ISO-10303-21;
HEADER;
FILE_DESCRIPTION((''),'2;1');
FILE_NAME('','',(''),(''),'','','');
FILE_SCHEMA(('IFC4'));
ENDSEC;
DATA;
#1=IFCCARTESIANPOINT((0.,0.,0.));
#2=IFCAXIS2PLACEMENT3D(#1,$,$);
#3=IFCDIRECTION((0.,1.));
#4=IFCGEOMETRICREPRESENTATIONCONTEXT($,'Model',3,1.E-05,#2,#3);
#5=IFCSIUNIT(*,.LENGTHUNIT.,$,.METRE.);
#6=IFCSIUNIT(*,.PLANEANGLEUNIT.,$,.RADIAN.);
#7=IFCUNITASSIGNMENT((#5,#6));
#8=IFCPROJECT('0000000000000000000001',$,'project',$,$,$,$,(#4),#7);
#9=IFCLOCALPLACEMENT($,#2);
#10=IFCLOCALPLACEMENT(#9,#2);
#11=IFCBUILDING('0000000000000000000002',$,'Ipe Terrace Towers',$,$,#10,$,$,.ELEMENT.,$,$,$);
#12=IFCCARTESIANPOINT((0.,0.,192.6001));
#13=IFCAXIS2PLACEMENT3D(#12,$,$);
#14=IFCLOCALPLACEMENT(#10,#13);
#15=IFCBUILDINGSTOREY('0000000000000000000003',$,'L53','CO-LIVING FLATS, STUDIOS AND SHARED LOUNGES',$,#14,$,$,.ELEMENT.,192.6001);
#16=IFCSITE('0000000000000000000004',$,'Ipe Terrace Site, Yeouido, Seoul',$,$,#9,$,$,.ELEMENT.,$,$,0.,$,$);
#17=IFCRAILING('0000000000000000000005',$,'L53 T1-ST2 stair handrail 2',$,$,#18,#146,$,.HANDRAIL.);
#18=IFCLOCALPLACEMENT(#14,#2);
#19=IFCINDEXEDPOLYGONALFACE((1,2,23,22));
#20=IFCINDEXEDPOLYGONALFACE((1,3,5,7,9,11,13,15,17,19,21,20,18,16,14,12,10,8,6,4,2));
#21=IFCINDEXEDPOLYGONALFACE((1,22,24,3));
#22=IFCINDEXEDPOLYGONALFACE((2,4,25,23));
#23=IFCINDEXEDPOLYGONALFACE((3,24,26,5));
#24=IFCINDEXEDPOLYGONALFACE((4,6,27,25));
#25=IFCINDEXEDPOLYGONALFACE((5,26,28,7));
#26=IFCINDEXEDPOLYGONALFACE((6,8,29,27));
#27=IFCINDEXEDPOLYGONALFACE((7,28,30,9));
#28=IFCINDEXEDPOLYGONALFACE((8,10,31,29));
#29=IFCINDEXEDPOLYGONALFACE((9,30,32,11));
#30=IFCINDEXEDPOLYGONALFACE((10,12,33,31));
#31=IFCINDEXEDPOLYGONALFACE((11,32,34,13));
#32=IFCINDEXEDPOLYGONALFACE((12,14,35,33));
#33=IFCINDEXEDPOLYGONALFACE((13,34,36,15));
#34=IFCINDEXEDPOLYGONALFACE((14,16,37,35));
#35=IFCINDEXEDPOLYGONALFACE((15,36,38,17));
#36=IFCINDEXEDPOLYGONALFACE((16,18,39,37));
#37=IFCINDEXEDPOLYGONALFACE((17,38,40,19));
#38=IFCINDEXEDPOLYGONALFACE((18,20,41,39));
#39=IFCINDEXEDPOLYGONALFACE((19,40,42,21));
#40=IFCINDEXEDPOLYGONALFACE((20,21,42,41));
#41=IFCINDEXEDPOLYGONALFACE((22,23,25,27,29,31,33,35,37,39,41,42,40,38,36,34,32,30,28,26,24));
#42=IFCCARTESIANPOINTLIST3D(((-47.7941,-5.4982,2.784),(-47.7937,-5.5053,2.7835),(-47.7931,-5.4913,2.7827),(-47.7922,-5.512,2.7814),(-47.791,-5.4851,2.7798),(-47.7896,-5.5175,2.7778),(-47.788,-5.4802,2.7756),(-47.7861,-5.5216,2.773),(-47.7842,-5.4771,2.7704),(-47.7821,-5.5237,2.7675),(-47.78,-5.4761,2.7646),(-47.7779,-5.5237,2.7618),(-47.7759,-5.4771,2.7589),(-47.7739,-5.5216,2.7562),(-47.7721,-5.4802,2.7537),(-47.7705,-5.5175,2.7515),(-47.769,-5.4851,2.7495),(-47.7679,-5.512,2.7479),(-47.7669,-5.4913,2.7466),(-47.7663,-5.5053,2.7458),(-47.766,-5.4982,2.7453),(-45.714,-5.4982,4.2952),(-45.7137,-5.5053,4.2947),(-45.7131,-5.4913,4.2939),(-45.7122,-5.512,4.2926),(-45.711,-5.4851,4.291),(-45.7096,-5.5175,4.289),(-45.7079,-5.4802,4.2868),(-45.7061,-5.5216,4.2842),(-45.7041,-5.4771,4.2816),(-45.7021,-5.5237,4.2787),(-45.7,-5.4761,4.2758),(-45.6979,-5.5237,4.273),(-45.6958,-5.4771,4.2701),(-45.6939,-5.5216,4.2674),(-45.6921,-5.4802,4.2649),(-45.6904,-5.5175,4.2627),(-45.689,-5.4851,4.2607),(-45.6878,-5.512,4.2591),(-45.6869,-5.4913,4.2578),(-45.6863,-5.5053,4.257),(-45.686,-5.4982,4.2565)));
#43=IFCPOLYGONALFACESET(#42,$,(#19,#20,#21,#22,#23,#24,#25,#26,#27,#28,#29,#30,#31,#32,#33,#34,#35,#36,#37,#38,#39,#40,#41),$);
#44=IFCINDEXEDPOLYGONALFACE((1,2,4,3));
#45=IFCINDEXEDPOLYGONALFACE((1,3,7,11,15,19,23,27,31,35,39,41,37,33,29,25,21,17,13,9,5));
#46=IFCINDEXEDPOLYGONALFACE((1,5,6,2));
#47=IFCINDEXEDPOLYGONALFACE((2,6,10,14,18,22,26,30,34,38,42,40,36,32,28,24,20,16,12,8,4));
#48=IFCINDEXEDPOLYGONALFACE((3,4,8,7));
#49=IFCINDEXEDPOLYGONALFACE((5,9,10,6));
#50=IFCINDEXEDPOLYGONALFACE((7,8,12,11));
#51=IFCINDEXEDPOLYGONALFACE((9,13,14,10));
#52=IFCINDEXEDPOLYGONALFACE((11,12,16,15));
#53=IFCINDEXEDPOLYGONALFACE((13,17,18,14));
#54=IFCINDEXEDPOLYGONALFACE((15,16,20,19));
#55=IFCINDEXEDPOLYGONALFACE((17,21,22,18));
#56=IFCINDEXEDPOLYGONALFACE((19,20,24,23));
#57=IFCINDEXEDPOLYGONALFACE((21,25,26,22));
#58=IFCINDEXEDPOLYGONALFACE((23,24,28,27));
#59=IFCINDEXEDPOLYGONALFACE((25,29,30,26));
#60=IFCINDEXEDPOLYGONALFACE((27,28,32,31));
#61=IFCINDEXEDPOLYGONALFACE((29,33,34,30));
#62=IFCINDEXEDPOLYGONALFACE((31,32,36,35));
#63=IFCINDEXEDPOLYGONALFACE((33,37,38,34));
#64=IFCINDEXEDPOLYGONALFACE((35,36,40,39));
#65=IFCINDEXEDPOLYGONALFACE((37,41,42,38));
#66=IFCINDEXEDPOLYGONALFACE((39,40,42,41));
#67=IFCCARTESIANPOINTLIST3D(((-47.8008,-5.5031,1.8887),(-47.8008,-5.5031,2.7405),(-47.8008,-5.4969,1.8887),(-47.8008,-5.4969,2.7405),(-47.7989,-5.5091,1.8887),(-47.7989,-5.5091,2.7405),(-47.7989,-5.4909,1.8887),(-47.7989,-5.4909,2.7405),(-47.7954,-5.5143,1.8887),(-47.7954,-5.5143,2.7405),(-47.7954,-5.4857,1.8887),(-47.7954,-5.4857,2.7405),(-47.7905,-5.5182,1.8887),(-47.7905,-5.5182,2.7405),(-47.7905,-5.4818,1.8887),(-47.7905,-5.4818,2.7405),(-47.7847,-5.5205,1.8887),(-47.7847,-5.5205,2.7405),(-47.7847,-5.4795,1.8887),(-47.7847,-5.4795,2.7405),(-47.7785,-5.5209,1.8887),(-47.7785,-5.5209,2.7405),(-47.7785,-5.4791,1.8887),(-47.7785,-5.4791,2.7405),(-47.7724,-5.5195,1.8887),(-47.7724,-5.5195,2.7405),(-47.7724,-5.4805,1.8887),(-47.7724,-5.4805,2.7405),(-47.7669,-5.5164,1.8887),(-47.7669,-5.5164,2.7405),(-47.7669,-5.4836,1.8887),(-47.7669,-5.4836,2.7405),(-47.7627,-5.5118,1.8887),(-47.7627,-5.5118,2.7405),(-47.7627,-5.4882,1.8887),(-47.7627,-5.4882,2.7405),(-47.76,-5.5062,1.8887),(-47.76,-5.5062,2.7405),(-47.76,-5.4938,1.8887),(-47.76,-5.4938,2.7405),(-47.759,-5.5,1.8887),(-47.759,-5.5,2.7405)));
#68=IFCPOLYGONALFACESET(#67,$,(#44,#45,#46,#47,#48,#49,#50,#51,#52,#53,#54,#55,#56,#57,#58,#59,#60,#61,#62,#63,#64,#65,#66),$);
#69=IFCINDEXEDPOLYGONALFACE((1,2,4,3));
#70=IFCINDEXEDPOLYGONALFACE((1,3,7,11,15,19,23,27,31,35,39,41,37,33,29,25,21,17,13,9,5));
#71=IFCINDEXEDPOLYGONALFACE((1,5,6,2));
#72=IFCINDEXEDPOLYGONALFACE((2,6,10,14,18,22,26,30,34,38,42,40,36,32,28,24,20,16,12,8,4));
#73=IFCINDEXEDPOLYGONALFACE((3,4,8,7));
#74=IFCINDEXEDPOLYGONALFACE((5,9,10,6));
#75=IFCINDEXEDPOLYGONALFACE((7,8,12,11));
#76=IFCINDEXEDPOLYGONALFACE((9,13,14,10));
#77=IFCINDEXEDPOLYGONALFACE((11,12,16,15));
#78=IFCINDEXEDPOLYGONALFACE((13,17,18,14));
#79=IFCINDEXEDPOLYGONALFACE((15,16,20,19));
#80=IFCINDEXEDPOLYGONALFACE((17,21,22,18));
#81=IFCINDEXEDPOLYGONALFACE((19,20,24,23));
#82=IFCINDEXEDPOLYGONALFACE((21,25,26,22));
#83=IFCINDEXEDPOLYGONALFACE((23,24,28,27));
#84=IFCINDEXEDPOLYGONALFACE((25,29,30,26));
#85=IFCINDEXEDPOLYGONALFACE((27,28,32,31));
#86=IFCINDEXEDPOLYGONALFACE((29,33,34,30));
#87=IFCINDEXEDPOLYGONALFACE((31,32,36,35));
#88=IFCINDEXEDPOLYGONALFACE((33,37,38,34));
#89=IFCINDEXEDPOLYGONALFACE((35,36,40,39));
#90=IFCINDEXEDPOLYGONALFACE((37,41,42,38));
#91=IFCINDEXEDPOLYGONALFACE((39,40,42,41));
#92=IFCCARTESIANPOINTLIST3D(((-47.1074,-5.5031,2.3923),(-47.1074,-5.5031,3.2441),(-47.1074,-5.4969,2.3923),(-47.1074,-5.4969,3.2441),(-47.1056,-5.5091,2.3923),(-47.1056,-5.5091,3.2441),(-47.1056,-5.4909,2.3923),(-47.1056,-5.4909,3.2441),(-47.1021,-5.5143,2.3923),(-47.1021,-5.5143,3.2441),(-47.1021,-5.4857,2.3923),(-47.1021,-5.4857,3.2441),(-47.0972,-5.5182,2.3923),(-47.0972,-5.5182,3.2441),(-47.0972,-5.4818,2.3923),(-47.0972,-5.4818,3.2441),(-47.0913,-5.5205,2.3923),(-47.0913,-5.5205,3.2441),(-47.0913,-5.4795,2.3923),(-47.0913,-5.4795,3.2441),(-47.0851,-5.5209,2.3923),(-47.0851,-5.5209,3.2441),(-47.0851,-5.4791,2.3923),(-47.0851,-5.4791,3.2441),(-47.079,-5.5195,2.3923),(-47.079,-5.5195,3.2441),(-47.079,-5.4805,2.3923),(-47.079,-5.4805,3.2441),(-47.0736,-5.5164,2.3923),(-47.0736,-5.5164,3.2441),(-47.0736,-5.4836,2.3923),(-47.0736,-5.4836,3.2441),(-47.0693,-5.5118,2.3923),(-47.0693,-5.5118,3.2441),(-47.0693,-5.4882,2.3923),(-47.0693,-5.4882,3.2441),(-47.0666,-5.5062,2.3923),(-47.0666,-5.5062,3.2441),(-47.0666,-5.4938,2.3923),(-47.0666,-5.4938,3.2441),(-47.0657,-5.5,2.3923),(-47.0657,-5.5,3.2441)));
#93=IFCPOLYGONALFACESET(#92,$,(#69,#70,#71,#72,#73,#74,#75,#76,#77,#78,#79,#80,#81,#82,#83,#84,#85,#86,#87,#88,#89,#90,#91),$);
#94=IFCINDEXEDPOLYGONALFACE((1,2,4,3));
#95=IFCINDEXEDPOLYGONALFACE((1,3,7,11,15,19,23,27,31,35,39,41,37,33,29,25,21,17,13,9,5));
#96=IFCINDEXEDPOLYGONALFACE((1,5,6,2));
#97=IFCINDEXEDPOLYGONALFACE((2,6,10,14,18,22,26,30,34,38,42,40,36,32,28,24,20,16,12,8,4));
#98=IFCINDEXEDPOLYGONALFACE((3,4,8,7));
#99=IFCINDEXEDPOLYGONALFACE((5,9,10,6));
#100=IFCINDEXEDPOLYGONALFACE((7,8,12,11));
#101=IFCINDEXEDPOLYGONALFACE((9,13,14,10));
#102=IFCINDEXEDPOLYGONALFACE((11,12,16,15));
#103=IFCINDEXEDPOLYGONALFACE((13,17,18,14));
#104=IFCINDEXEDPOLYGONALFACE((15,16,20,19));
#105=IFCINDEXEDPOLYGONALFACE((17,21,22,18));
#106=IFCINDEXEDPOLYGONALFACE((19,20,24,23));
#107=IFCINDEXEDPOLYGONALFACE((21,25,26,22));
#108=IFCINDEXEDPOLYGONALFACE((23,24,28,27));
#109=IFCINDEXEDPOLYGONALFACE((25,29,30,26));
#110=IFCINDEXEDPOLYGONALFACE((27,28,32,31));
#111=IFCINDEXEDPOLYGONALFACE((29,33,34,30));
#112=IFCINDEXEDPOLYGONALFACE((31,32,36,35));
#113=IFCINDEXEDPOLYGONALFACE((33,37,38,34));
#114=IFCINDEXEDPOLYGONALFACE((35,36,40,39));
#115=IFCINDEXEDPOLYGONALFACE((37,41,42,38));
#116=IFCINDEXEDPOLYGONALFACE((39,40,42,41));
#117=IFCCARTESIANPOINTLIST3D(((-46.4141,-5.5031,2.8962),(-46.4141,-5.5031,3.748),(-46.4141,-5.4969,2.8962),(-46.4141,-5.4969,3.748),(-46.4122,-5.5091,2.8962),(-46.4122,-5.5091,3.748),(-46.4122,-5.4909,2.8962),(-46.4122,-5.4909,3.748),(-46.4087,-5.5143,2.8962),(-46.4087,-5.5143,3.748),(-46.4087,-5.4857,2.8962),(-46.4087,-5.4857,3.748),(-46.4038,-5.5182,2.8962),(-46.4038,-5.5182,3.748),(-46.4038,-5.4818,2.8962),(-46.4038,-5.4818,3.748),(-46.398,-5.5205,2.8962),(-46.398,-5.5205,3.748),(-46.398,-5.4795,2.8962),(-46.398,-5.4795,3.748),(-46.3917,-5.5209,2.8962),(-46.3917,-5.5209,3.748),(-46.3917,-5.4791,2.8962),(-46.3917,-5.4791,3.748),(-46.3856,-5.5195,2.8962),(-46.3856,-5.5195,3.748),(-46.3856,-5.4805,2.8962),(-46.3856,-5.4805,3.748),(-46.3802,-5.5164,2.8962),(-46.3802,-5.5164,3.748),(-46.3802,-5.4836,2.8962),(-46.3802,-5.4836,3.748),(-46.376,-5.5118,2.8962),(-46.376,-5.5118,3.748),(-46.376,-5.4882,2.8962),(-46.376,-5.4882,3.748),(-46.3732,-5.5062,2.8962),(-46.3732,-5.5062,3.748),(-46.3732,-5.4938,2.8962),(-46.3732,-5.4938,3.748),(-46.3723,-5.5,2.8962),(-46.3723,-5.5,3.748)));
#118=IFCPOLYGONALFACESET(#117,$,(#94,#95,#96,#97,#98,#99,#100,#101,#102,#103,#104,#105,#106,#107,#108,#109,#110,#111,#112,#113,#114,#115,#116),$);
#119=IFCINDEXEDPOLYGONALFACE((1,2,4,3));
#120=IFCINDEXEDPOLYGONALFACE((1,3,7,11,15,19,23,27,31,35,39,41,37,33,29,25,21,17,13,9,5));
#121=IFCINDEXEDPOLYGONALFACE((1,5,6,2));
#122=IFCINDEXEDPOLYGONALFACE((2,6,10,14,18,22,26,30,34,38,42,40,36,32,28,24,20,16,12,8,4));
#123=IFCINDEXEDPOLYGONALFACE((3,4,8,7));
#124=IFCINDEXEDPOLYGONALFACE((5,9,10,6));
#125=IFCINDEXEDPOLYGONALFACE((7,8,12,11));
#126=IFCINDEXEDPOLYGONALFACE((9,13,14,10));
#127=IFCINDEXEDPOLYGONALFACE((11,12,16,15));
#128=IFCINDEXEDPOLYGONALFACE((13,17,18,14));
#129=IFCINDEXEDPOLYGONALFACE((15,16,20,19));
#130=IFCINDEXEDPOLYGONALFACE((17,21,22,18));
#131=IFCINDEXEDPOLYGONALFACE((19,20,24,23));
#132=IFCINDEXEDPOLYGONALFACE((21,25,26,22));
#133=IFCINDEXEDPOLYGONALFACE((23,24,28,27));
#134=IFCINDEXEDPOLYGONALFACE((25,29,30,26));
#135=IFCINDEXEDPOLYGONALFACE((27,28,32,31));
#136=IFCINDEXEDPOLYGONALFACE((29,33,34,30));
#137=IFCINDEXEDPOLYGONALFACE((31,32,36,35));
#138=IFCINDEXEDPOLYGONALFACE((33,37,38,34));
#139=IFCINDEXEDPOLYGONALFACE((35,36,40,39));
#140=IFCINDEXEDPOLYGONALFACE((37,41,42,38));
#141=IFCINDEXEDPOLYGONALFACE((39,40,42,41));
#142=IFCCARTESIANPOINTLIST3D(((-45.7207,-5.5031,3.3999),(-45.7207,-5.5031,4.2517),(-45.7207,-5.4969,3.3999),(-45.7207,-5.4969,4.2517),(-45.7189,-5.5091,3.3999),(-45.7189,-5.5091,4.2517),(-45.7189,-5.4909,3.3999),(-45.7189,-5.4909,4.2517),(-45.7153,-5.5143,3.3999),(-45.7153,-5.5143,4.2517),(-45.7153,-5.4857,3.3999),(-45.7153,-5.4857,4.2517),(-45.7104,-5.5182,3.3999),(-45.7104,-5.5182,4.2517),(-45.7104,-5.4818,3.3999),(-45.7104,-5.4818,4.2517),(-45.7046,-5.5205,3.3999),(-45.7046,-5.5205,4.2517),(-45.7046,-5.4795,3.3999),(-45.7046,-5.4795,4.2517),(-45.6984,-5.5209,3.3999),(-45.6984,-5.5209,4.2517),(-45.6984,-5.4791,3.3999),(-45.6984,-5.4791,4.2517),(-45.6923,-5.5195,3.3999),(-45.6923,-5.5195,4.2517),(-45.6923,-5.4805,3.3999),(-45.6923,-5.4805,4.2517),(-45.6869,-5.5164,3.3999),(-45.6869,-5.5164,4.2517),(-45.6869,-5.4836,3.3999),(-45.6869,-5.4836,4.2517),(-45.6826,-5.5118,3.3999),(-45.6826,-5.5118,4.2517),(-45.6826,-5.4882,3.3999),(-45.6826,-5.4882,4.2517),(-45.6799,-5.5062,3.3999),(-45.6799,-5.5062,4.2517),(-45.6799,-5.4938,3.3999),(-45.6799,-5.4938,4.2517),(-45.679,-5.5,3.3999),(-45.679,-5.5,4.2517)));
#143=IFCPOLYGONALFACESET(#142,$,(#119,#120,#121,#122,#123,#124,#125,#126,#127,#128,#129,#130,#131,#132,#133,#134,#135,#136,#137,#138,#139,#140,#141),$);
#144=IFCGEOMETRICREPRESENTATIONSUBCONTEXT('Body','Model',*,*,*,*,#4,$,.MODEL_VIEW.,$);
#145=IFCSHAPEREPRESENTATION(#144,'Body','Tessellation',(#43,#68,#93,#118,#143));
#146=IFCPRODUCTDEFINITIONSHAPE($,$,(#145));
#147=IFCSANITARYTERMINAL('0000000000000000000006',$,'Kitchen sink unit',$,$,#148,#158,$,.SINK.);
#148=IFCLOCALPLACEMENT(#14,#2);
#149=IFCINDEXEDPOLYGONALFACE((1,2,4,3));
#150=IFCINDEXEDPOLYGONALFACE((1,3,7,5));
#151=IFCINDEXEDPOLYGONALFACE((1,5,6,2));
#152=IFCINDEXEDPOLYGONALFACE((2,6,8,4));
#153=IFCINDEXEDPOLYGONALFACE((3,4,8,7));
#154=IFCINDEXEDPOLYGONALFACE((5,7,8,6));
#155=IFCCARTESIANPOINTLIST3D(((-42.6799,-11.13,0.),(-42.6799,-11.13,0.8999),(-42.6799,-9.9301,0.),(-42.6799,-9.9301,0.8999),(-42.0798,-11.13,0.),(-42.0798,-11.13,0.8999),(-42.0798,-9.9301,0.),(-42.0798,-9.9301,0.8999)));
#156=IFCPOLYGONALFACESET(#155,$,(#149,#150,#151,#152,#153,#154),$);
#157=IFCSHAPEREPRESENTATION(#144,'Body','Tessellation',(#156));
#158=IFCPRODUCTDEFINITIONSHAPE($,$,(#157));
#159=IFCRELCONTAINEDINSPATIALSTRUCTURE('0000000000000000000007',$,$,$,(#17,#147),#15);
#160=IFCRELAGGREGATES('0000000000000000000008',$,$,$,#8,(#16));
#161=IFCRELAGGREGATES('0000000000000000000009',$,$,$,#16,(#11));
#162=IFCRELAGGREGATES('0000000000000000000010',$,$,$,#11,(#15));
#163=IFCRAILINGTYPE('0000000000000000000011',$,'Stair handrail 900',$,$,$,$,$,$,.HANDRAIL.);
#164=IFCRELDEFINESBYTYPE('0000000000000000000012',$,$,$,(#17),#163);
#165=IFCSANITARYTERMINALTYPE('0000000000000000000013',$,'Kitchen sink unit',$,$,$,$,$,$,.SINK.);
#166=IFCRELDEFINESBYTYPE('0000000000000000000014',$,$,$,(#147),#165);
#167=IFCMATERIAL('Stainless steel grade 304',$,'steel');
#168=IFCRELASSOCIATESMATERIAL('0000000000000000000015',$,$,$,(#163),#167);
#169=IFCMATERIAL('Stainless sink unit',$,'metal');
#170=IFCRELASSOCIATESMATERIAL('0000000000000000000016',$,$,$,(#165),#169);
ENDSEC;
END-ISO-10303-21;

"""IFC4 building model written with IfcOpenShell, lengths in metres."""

from ifc_helpers import new_model, si_unit, direction, frame, origin, origin_2d, place, context, subcontext, project, spatial, rectangle, circle, extrude, material, type_object, element, save


model = new_model("IFC4")

# Units and contexts
model_context = context("Model", 3, precision=1e-05, world=origin(), true_north=direction((0.0, 1.0)))
body_context = subcontext(model_context, "Body", "Model", "MODEL_VIEW")
ifc_project = project(units=[si_unit("LENGTHUNIT", "METRE"), si_unit("PLANEANGLEUNIT", "RADIAN")], contexts=[model_context])

# Site, building, storey
site_placement = place(None, origin())
site = spatial("IfcSite", under=ifc_project, at=site_placement, Name="Ipe Terrace Site, Yeouido, Seoul", CompositionType="ELEMENT", RefElevation=0.0)
building_placement = place(site_placement, origin())
building = spatial("IfcBuilding", under=site, at=building_placement, Name="Ipe Terrace Towers", CompositionType="ELEMENT")
storey_placement = place(building_placement, frame((0.0, 0.0, 192.6001)))
storey = spatial("IfcBuildingStorey", under=building, at=storey_placement, Name="L53", Description="CO-LIVING FLATS, STUDIOS AND SHARED LOUNGES", CompositionType="ELEMENT", Elevation=192.6001)

# Railing
ifc_material_1 = material(Name="Stainless steel grade 304", Category="steel")
railing_type_1 = type_object("IfcRailingType", Name="Stair handrail 900", PredefinedType="HANDRAIL", material=ifc_material_1)
railing_1_placement = place(storey_placement, frame((-47.78, -5.5, 1.8887)))
element("IfcRailing", 1, at=railing_1_placement, inside=storey, type_object=railing_type_1, Name="L53 T1-ST2 stair handrail 2", PredefinedType="HANDRAIL", context=body_context, shape_type="SweptSolid", body=[
    extrude(circle(Radius=0.0239, at=origin_2d()), frame((0.0, 0.0, 0.876), z_axis=(0.809023, 0.0, 0.587776), x_axis=(0.0, 1.0, 0.0)), (0.0, 0.0, 1.0), 2.571),
    extrude(circle(Radius=0.021, at=origin_2d()), origin(), (0.0, 0.0, 1.0), 0.8518),
    extrude(circle(Radius=0.021, at=origin_2d()), frame((0.6934, 0.0, 0.5037)), (0.0, 0.0, 1.0), 0.8518),
    extrude(circle(Radius=0.021, at=origin_2d()), frame((1.3867, 0.0, 1.0076)), (0.0, 0.0, 1.0), 0.8518),
    extrude(circle(Radius=0.021, at=origin_2d()), frame((2.0801, 0.0, 1.5112)), (0.0, 0.0, 1.0), 0.8518),
])

# Sanitary terminal
ifc_material_2 = material(Name="Stainless sink unit", Category="metal")
sanitary_terminal_type = type_object("IfcSanitaryTerminalType", Name="Kitchen sink unit", PredefinedType="SINK", material=ifc_material_2)
sanitary_terminal_placement = place(storey_placement, frame((-42.3799, -10.53, 0.0), z_axis=(0.0, 0.0, 1.0), x_axis=(0.0, 1.0, 0.0)))
element("IfcSanitaryTerminal", 2, at=sanitary_terminal_placement, inside=storey, type_object=sanitary_terminal_type, Name="Kitchen sink unit", PredefinedType="SINK", context=body_context, shape_type="SweptSolid", body=[
    extrude(rectangle(XDim=1.2, YDim=0.6001, at=origin_2d()), origin(), (0.0, 0.0, 1.0), 0.8999),
])

save(model, "model.ifc")
